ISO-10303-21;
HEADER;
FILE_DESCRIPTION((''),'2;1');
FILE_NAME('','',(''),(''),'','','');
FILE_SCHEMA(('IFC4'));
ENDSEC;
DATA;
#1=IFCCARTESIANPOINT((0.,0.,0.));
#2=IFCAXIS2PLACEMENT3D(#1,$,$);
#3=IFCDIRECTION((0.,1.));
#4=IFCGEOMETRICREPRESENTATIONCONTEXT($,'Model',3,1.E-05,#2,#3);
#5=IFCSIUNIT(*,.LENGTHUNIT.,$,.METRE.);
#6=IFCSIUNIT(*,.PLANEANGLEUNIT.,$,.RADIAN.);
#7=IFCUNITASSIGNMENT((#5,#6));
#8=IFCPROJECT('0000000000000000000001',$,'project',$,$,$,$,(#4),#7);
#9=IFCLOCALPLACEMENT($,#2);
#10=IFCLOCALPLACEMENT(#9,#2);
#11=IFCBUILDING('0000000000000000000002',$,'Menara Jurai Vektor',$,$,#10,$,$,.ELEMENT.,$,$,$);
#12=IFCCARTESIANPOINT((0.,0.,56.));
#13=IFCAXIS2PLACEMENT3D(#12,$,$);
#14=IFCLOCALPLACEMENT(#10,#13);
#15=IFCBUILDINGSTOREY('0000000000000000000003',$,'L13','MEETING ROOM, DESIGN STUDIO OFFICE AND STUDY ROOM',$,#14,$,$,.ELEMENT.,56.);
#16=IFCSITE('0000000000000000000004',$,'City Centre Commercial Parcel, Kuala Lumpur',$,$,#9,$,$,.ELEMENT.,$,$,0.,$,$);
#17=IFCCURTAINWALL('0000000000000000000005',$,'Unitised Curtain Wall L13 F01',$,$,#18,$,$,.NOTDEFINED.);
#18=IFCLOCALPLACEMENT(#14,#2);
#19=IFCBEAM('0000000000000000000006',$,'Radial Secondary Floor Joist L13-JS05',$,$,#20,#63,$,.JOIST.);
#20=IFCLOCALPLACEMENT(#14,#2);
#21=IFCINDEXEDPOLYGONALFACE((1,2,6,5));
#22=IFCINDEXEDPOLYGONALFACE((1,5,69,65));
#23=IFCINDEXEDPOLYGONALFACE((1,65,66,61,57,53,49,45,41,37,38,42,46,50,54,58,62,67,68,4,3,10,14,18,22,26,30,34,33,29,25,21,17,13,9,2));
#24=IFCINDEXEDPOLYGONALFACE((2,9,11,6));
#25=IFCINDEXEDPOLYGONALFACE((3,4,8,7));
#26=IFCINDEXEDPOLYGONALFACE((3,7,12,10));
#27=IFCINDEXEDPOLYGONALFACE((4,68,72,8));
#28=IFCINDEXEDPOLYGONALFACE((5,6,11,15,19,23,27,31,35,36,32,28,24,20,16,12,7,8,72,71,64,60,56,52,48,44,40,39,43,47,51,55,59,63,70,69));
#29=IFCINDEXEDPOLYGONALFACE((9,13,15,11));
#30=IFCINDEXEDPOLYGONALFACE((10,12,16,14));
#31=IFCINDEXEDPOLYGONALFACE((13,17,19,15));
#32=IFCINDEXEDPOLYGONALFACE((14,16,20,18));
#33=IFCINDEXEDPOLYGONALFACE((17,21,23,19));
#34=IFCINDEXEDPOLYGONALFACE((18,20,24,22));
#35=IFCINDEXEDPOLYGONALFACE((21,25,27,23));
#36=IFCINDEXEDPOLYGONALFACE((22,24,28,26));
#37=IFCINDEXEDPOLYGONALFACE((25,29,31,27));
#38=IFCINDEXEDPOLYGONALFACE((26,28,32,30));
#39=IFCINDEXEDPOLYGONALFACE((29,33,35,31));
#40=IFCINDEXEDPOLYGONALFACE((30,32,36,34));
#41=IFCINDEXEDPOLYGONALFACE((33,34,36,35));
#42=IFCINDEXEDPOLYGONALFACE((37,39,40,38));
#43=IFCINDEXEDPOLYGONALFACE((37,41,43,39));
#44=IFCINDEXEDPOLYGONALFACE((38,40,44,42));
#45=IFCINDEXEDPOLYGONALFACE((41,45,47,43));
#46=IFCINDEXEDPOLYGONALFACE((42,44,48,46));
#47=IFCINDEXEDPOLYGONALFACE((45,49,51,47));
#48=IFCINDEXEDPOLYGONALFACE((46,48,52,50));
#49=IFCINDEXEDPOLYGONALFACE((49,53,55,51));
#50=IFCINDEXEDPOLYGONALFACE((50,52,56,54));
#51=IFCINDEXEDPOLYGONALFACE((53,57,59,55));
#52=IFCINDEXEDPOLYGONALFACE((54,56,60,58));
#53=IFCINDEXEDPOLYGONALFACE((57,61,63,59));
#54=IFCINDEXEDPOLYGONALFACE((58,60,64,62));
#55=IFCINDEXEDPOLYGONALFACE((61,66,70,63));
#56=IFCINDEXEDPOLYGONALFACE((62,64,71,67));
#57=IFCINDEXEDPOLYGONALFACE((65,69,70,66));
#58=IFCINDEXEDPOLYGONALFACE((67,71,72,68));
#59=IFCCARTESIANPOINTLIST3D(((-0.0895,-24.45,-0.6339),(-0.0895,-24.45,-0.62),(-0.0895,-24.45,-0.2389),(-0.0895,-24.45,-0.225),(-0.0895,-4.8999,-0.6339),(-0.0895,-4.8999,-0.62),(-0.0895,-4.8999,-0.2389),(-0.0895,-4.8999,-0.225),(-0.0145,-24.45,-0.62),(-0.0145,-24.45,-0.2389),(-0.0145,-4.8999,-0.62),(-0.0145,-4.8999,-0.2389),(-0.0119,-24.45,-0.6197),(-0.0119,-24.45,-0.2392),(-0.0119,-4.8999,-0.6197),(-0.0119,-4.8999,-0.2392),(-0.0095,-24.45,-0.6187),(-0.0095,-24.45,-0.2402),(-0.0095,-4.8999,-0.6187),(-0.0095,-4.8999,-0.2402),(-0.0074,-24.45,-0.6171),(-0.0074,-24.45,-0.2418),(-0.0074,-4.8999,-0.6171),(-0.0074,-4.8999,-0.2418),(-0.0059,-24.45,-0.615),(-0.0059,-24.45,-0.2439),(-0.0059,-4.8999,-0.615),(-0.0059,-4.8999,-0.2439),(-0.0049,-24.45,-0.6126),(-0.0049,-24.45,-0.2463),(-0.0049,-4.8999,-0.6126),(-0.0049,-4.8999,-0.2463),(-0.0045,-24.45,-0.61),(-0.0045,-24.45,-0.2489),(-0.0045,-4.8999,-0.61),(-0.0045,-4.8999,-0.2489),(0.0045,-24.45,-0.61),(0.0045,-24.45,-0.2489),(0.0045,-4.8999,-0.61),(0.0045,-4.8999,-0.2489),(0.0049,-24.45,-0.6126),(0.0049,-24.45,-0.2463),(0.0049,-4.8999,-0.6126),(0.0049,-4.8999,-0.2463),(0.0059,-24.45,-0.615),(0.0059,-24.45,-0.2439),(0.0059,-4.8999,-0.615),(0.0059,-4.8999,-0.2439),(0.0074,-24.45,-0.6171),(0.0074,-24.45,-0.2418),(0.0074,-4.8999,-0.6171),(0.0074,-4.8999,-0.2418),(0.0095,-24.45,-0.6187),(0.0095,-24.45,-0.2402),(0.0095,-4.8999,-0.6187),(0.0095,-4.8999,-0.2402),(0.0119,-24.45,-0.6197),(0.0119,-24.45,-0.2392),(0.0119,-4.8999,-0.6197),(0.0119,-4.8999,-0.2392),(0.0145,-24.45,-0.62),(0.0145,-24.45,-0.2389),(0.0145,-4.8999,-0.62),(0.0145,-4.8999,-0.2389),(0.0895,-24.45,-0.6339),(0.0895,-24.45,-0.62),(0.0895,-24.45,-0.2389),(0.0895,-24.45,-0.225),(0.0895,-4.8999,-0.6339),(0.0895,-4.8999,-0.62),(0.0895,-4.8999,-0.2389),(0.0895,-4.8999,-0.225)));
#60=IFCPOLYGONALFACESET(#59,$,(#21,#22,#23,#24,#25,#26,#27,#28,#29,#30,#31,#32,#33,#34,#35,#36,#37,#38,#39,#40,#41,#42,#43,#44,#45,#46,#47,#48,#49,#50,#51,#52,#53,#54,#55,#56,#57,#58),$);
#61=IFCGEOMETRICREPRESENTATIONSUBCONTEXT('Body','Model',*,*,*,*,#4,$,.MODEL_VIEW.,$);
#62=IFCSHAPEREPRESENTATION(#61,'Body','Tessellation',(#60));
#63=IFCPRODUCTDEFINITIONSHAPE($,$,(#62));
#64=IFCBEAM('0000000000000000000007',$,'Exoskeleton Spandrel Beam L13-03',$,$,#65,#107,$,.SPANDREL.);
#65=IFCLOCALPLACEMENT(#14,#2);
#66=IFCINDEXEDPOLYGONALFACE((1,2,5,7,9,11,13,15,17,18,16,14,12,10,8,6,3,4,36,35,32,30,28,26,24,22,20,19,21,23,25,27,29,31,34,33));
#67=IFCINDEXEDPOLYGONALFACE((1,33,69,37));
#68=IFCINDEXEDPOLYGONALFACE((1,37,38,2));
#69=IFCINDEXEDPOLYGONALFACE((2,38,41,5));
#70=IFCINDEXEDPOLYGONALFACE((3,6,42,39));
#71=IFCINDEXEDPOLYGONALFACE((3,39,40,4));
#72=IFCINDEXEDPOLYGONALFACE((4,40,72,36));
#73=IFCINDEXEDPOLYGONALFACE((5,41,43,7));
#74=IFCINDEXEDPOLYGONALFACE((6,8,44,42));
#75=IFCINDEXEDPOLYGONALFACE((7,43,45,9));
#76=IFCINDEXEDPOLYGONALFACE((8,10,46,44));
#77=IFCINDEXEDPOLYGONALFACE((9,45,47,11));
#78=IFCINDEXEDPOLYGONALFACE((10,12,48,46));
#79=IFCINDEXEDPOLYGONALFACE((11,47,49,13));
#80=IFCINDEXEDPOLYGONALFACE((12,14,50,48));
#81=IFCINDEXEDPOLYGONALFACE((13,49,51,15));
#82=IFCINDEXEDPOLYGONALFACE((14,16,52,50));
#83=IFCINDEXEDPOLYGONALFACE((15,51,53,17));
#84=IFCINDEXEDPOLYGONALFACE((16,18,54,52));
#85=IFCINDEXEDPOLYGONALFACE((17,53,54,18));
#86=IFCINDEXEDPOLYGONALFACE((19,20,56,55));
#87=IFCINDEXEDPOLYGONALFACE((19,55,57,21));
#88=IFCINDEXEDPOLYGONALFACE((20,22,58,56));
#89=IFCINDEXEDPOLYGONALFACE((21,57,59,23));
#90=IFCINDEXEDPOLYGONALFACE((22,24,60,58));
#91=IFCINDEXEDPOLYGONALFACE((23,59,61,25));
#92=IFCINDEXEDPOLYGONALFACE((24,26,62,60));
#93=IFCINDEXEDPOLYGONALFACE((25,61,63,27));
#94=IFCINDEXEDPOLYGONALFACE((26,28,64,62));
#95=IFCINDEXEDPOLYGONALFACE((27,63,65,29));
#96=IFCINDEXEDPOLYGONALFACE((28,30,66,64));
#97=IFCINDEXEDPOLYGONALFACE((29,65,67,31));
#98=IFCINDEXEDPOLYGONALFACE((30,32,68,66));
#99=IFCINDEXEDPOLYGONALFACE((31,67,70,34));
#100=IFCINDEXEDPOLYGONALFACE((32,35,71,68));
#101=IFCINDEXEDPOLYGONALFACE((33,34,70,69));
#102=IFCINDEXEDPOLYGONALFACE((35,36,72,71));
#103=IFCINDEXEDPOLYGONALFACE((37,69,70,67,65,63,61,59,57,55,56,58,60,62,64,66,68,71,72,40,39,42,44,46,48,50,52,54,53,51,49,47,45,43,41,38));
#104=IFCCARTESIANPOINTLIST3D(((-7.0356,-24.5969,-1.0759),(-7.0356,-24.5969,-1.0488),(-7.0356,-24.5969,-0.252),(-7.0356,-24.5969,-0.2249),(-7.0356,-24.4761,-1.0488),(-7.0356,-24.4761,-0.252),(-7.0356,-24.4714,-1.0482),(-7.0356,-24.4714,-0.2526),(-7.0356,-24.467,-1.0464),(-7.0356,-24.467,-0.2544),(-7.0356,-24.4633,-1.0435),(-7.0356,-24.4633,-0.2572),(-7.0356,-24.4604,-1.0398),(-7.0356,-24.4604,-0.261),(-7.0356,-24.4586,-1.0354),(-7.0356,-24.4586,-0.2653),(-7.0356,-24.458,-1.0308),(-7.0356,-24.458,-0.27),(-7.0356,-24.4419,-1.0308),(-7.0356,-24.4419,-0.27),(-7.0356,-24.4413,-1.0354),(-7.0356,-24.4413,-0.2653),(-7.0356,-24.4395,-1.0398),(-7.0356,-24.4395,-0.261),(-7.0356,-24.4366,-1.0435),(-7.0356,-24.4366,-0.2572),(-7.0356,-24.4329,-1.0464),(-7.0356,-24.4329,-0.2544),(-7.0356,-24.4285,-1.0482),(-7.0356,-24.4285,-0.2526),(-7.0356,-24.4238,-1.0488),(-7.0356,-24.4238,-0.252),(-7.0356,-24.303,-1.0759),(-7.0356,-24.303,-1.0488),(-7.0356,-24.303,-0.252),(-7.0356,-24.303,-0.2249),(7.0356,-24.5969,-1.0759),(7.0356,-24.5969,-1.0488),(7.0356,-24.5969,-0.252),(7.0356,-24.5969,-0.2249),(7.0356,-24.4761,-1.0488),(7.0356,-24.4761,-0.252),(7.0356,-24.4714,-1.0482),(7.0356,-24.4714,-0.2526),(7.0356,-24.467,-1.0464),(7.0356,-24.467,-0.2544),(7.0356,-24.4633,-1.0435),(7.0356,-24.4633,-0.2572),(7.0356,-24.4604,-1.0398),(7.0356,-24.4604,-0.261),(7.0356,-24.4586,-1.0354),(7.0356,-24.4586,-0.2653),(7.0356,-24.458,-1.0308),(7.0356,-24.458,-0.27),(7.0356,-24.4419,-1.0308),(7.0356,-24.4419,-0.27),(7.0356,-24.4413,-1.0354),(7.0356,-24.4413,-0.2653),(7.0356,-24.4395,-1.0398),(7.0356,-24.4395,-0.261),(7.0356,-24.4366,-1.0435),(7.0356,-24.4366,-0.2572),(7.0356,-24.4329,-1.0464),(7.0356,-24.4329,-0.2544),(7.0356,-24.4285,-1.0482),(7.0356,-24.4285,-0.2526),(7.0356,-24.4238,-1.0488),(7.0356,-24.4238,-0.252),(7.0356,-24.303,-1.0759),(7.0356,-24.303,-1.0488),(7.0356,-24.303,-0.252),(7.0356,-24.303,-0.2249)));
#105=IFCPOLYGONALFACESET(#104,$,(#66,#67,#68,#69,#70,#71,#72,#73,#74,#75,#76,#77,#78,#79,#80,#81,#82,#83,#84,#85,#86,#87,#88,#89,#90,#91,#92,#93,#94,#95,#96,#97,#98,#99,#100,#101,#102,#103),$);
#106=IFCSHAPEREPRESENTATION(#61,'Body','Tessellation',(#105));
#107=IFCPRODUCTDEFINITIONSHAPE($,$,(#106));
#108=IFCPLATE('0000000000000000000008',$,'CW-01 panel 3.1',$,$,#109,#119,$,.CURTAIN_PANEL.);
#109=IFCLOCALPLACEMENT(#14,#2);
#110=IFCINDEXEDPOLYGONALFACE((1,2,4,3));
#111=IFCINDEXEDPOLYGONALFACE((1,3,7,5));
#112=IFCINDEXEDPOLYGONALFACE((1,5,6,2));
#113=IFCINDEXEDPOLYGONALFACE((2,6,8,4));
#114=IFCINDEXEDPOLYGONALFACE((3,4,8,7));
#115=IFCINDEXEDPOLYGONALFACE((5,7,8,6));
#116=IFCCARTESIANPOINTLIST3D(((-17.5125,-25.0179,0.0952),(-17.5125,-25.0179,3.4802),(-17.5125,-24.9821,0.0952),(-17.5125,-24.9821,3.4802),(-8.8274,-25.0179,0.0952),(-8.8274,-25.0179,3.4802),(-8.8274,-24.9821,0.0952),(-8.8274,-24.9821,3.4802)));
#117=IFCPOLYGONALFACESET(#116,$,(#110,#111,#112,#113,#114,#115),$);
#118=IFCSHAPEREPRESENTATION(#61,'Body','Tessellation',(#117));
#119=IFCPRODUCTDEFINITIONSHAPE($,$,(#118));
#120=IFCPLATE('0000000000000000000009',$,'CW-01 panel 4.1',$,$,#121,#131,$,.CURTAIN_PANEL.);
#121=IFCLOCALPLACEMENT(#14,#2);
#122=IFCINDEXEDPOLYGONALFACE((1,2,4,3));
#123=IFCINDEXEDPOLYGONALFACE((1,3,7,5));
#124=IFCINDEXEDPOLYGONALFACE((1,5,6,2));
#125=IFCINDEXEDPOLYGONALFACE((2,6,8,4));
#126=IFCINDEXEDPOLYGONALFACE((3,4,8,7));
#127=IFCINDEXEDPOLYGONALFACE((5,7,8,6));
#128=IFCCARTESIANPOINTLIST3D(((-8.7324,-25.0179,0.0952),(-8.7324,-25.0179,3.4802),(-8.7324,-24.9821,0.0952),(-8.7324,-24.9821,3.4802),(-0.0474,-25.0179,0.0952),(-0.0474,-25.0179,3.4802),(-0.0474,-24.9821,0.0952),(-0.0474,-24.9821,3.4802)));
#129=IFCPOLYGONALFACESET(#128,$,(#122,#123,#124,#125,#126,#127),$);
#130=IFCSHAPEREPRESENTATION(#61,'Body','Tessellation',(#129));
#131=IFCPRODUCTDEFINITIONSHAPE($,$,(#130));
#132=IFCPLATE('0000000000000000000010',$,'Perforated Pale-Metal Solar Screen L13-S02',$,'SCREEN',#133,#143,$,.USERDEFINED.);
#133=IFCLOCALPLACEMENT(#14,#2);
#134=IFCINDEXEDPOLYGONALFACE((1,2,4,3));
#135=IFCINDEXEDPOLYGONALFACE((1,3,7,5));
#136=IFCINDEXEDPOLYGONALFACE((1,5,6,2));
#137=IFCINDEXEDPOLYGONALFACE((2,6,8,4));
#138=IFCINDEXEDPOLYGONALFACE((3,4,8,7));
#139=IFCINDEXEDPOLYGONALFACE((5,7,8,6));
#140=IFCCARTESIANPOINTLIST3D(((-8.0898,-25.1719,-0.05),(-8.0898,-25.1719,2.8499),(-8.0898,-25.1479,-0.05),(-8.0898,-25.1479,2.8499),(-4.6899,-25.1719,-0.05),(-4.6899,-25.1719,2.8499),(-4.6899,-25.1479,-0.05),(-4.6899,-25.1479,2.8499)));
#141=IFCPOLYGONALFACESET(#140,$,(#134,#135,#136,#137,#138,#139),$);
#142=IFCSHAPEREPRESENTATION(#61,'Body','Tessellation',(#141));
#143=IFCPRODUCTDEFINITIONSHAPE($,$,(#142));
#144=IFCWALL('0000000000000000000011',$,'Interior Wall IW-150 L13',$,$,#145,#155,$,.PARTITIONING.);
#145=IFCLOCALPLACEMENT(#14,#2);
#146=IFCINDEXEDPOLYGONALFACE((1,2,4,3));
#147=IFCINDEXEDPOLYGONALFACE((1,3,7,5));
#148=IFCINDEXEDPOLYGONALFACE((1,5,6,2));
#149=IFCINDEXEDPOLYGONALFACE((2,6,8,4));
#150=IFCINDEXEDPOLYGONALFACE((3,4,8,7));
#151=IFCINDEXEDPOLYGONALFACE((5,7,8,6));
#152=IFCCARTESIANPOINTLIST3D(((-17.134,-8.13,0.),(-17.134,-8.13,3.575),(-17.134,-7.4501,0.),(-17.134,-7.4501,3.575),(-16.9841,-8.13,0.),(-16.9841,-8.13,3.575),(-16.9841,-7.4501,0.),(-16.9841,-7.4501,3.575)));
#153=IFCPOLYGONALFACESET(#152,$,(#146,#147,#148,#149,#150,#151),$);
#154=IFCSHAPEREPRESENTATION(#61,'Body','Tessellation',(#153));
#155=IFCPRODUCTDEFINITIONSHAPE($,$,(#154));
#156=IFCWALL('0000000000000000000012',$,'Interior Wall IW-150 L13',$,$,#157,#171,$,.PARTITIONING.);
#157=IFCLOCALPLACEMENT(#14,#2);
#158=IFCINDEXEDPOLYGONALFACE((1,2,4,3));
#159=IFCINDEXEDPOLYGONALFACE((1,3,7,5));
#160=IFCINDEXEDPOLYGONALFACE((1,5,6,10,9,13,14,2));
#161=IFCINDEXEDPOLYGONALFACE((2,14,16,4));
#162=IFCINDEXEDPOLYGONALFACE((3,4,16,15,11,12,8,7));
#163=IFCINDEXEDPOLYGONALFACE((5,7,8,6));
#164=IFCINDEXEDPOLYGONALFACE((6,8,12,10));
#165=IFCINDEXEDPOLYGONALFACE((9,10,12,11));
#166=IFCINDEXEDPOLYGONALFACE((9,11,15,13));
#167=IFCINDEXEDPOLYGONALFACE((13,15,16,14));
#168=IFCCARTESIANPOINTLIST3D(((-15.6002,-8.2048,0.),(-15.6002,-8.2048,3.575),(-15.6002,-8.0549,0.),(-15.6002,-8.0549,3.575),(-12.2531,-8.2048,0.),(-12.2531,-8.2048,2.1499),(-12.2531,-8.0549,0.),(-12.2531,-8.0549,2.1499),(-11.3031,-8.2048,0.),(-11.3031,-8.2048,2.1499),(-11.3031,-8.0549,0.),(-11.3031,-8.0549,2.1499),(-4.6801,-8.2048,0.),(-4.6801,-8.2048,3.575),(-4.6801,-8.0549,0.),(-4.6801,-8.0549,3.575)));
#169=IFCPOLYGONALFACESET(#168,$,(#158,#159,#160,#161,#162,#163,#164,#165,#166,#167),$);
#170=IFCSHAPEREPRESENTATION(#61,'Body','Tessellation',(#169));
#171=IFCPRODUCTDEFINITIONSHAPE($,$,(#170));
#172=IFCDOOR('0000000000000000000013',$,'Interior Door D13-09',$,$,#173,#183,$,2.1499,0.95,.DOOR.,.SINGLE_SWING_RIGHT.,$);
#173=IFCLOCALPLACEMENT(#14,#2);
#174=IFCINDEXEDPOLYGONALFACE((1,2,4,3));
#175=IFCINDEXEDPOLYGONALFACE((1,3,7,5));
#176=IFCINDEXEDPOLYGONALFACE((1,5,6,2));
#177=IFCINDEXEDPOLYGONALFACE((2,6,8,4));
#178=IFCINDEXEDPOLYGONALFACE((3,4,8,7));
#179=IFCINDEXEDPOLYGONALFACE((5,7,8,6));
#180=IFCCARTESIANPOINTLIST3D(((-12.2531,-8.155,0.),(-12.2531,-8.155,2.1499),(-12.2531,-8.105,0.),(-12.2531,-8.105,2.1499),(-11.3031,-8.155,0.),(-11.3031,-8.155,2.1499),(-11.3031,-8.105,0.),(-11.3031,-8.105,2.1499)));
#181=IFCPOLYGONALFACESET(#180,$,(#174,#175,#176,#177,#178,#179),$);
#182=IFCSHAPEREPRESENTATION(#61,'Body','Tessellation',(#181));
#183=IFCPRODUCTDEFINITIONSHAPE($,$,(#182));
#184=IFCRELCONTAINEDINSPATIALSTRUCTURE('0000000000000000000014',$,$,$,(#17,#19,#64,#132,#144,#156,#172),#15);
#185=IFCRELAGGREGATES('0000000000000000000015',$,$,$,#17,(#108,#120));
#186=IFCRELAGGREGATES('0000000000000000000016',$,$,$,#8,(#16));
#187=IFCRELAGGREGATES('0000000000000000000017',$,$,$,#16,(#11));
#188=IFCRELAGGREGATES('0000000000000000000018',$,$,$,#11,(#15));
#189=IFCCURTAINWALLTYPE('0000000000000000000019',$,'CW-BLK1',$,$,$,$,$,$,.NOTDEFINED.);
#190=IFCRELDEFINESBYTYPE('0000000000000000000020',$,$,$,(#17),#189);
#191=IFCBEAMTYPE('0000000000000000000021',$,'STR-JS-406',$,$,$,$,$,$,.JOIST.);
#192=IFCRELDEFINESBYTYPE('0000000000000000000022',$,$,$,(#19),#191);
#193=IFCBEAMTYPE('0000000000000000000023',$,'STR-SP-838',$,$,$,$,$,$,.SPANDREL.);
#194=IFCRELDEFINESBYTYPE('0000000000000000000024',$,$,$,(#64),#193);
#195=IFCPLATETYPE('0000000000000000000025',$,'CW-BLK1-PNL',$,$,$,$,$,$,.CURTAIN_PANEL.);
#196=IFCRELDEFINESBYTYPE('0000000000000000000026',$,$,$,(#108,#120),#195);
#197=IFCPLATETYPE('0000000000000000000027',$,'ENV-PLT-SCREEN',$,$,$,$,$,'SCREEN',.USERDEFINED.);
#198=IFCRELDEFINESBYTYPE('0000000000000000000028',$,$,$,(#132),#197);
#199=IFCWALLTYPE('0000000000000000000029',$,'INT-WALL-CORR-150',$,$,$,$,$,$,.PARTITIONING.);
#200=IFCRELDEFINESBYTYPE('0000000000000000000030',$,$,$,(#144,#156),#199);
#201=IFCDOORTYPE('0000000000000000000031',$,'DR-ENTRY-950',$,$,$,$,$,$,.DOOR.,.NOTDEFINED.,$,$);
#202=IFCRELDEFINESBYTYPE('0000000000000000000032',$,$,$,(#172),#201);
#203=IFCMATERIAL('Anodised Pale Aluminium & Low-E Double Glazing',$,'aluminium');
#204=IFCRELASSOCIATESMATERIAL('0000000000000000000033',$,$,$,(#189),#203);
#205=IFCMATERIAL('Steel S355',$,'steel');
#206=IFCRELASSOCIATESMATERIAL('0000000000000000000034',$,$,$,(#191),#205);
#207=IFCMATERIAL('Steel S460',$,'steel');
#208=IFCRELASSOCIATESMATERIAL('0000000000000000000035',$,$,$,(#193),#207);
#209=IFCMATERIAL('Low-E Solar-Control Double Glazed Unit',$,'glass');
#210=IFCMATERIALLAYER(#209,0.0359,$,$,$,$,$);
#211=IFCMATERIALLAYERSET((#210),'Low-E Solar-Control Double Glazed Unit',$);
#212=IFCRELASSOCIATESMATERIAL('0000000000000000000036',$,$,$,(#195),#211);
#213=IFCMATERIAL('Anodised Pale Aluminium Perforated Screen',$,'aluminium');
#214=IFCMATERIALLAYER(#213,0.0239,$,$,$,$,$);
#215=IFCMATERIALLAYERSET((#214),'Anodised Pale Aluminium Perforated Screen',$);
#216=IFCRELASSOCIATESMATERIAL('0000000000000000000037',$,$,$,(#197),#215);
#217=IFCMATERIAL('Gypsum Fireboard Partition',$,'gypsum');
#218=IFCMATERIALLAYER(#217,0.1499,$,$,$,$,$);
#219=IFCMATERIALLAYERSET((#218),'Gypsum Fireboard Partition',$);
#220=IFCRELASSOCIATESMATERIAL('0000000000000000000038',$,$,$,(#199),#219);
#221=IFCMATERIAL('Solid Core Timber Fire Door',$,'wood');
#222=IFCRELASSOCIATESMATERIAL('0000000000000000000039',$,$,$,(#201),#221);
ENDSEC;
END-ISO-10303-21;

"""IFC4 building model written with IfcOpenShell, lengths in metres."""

from ifc_helpers import new_model, si_unit, direction, frame, frame_2d, origin, origin_2d, place, context, subcontext, project, spatial, rectangle, i_section, extrude, material, layer, layer_set, material_profile, profile_set, type_object, element, fill, aggregate, save


model = new_model("IFC4")

# Units and contexts
model_context = context("Model", 3, precision=1e-05, world=origin(), true_north=direction((0.0, 1.0)))
body_context = subcontext(model_context, "Body", "Model", "MODEL_VIEW")
ifc_project = project(units=[si_unit("LENGTHUNIT", "METRE"), si_unit("PLANEANGLEUNIT", "RADIAN")], contexts=[model_context])

# Site, building, storey
site_placement = place(None, origin())
site = spatial("IfcSite", under=ifc_project, at=site_placement, Name="City Centre Commercial Parcel, Kuala Lumpur", CompositionType="ELEMENT", RefElevation=0.0)
building_placement = place(site_placement, origin())
building = spatial("IfcBuilding", under=site, at=building_placement, Name="Menara Jurai Vektor", CompositionType="ELEMENT")
storey_placement = place(building_placement, frame((0.0, 0.0, 56.0)))
storey = spatial("IfcBuildingStorey", under=building, at=storey_placement, Name="L13", Description="MEETING ROOM, DESIGN STUDIO OFFICE AND STUDY ROOM", CompositionType="ELEMENT", Elevation=56.0)

# Shared definitions
ifc_material_1 = material(Name="Steel S460", Category="steel")

# Curtain wall
ifc_material_2 = material(Name="Anodised Pale Aluminium & Low-E Double Glazing", Category="aluminium")
curtain_wall_type = type_object("IfcCurtainWallType", Name="CW-BLK1", PredefinedType="NOTDEFINED", material=ifc_material_2)
curtain_wall_placement = place(storey_placement, origin())
curtain_wall = element("IfcCurtainWall", 1, at=curtain_wall_placement, inside=storey, type_object=curtain_wall_type, Name="Unitised Curtain Wall L13 F01", PredefinedType="NOTDEFINED")

# Beams
ifc_material_3 = material(Name="Steel S355", Category="steel")
ifc_material_profile_1 = material_profile(ifc_material_3, i_section(OverallWidth=0.179, OverallDepth=0.4089, WebThickness=0.009, FlangeThickness=0.0139, FilletRadius=0.01, at=origin_2d()), Name="UKB 406x178x67")
ifc_profile_set_1 = profile_set([ifc_material_profile_1], Name="Steel S355")
beam_type_1 = type_object("IfcBeamType", Name="STR-JS-406", PredefinedType="JOIST", material=ifc_profile_set_1)
beam_1_placement = place(storey_placement, frame((0.0, -24.45, -0.4294), z_axis=(0.0, 1.0, 0.0), x_axis=(-1.0, 0.0, 0.0)))
element("IfcBeam", 2, at=beam_1_placement, inside=storey, type_object=beam_type_1, Name="Radial Secondary Floor Joist L13-JS05", PredefinedType="JOIST", context=body_context, shape_type="SweptSolid", body=[
    extrude(i_section(OverallWidth=0.179, OverallDepth=0.4089, WebThickness=0.009, FlangeThickness=0.0139, FilletRadius=0.01, at=origin_2d()), origin(), (0.0, 0.0, 1.0), 19.55),
])
ifc_material_profile_2 = material_profile(ifc_material_1, i_section(OverallWidth=0.2939, OverallDepth=0.8511, WebThickness=0.0161, FlangeThickness=0.0271, FilletRadius=0.0181, at=origin_2d()), Name="UKB 838x292x226")
ifc_profile_set_2 = profile_set([ifc_material_profile_2], Name="Steel S460")
beam_type_2 = type_object("IfcBeamType", Name="STR-SP-838", PredefinedType="SPANDREL", material=ifc_profile_set_2)
beam_2_placement = place(storey_placement, frame((-7.0356, -24.45, -0.6504), z_axis=(1.0, 0.0, 0.0), x_axis=(0.0, 1.0, 0.0)))
element("IfcBeam", 3, at=beam_2_placement, inside=storey, type_object=beam_type_2, Name="Exoskeleton Spandrel Beam L13-03", PredefinedType="SPANDREL", context=body_context, shape_type="SweptSolid", body=[
    extrude(i_section(OverallWidth=0.2939, OverallDepth=0.8511, WebThickness=0.0161, FlangeThickness=0.0271, FilletRadius=0.0181, at=origin_2d()), origin(), (0.0, 0.0, 1.0), 14.0713),
])

# Plates
ifc_material_4 = material(Name="Low-E Solar-Control Double Glazed Unit", Category="glass")
ifc_layer_1 = layer(ifc_material_4, 0.0359)
ifc_layer_set_1 = layer_set([ifc_layer_1], Name="Low-E Solar-Control Double Glazed Unit")
plate_type_1 = type_object("IfcPlateType", Name="CW-BLK1-PNL", PredefinedType="CURTAIN_PANEL", material=ifc_layer_set_1)
plate_1_placement = place(storey_placement, frame((-13.1699, -25.0, 0.0952), z_axis=(0.0, 0.0, 1.0), x_axis=(1.0, 0.0, 0.0)))
plate_1 = element("IfcPlate", 4, at=plate_1_placement, type_object=plate_type_1, Name="CW-01 panel 3.1", PredefinedType="CURTAIN_PANEL", context=body_context, shape_type="SweptSolid", body=[
    extrude(rectangle(XDim=8.6851, YDim=0.0359, at=origin_2d()), origin(), (0.0, 0.0, 1.0), 3.385),
])
plate_2_placement = place(storey_placement, frame((-4.3899, -25.0, 0.0952), z_axis=(0.0, 0.0, 1.0), x_axis=(1.0, 0.0, 0.0)))
plate_2 = element("IfcPlate", 5, at=plate_2_placement, type_object=plate_type_1, Name="CW-01 panel 4.1", PredefinedType="CURTAIN_PANEL", context=body_context, shape_type="SweptSolid", body=[
    extrude(rectangle(XDim=8.6851, YDim=0.0359, at=origin_2d()), origin(), (0.0, 0.0, 1.0), 3.385),
])
aggregate(curtain_wall, [plate_1, plate_2])
ifc_material_5 = material(Name="Anodised Pale Aluminium Perforated Screen", Category="aluminium")
ifc_layer_2 = layer(ifc_material_5, 0.0239)
ifc_layer_set_2 = layer_set([ifc_layer_2], Name="Anodised Pale Aluminium Perforated Screen")
plate_type_2 = type_object("IfcPlateType", Name="ENV-PLT-SCREEN", ElementType="SCREEN", PredefinedType="USERDEFINED", material=ifc_layer_set_2)
plate_3_placement = place(storey_placement, frame((-6.3899, -25.1599, -0.05), z_axis=(0.0, 0.0, 1.0), x_axis=(1.0, 0.0, 0.0)))
element("IfcPlate", 6, at=plate_3_placement, inside=storey, type_object=plate_type_2, Name="Perforated Pale-Metal Solar Screen L13-S02", ObjectType="SCREEN", PredefinedType="USERDEFINED", context=body_context, shape_type="SweptSolid", body=[
    extrude(rectangle(XDim=3.3999, YDim=0.0239, at=origin_2d()), origin(), (0.0, 0.0, 1.0), 2.8999),
])

# Wall
ifc_material_6 = material(Name="Gypsum Fireboard Partition", Category="gypsum")
ifc_layer_3 = layer(ifc_material_6, 0.1499)
ifc_layer_set_3 = layer_set([ifc_layer_3], Name="Gypsum Fireboard Partition")
wall_type_1 = type_object("IfcWallType", Name="INT-WALL-CORR-150", PredefinedType="PARTITIONING", material=ifc_layer_set_3)
wall_1_placement = place(storey_placement, frame((-17.0591, -8.1299, 0.0), z_axis=(0.0, 0.0, 1.0), x_axis=(0.0, 1.0, 0.0)))
element("IfcWall", 7, at=wall_1_placement, inside=storey, type_object=wall_type_1, Name="Interior Wall IW-150 L13", PredefinedType="PARTITIONING", context=body_context, shape_type="SweptSolid", body=[
    extrude(rectangle(XDim=0.6799, YDim=0.1499, at=frame_2d((0.3398, 0.0))), origin(), (0.0, 0.0, 1.0), 3.575),
])

# Wall, opening, door
ifc_material_7 = material(Name="Solid Core Timber Fire Door", Category="wood")
door_type = type_object("IfcDoorType", Name="DR-ENTRY-950", OperationType="NOTDEFINED", PredefinedType="DOOR", material=ifc_material_7)
wall_2_placement = place(storey_placement, frame((-15.6001, -8.1299, 0.0), z_axis=(0.0, 0.0, 1.0), x_axis=(1.0, 0.0, 0.0)))
wall_2 = element("IfcWall", 8, at=wall_2_placement, inside=storey, type_object=wall_type_1, Name="Interior Wall IW-150 L13", PredefinedType="PARTITIONING", context=body_context, shape_type="SweptSolid", body=[
    extrude(rectangle(XDim=10.9202, YDim=0.1499, at=frame_2d((5.46, 0.0))), origin(), (0.0, 0.0, 1.0), 3.575),
])
opening_1_placement = place(wall_2_placement, frame((3.3469, 0.0, 0.0)))
opening_1 = element("IfcOpeningElement", 9, at=opening_1_placement, cuts=wall_2, PredefinedType="OPENING", context=body_context, shape_type="SweptSolid", body=[
    extrude(rectangle(XDim=0.95, YDim=2.1499, at=frame_2d((0.4751, 1.075))), frame((0.0, 0.085, 0.0), z_axis=(0.0, -1.0, 0.0), x_axis=(1.0, 0.0, 0.0)), (0.0, 0.0, 1.0), 0.1699),
])
door_1_placement = place(opening_1_placement, origin())
door_1 = element("IfcDoor", 10, at=door_1_placement, inside=storey, type_object=door_type, Name="Interior Door D13-09", OperationType="SINGLE_SWING_RIGHT", OverallHeight=2.1499, OverallWidth=0.95, PredefinedType="DOOR", context=body_context, shape_type="SweptSolid", body=[
    extrude(rectangle(XDim=0.95, YDim=2.1499, at=frame_2d((0.4751, 1.075))), frame((0.0, 0.0249, 0.0), z_axis=(0.0, -1.0, 0.0), x_axis=(1.0, 0.0, 0.0)), (0.0, 0.0, 1.0), 0.05),
])
fill(opening_1, door_1)

save(model, "model.ifc")
